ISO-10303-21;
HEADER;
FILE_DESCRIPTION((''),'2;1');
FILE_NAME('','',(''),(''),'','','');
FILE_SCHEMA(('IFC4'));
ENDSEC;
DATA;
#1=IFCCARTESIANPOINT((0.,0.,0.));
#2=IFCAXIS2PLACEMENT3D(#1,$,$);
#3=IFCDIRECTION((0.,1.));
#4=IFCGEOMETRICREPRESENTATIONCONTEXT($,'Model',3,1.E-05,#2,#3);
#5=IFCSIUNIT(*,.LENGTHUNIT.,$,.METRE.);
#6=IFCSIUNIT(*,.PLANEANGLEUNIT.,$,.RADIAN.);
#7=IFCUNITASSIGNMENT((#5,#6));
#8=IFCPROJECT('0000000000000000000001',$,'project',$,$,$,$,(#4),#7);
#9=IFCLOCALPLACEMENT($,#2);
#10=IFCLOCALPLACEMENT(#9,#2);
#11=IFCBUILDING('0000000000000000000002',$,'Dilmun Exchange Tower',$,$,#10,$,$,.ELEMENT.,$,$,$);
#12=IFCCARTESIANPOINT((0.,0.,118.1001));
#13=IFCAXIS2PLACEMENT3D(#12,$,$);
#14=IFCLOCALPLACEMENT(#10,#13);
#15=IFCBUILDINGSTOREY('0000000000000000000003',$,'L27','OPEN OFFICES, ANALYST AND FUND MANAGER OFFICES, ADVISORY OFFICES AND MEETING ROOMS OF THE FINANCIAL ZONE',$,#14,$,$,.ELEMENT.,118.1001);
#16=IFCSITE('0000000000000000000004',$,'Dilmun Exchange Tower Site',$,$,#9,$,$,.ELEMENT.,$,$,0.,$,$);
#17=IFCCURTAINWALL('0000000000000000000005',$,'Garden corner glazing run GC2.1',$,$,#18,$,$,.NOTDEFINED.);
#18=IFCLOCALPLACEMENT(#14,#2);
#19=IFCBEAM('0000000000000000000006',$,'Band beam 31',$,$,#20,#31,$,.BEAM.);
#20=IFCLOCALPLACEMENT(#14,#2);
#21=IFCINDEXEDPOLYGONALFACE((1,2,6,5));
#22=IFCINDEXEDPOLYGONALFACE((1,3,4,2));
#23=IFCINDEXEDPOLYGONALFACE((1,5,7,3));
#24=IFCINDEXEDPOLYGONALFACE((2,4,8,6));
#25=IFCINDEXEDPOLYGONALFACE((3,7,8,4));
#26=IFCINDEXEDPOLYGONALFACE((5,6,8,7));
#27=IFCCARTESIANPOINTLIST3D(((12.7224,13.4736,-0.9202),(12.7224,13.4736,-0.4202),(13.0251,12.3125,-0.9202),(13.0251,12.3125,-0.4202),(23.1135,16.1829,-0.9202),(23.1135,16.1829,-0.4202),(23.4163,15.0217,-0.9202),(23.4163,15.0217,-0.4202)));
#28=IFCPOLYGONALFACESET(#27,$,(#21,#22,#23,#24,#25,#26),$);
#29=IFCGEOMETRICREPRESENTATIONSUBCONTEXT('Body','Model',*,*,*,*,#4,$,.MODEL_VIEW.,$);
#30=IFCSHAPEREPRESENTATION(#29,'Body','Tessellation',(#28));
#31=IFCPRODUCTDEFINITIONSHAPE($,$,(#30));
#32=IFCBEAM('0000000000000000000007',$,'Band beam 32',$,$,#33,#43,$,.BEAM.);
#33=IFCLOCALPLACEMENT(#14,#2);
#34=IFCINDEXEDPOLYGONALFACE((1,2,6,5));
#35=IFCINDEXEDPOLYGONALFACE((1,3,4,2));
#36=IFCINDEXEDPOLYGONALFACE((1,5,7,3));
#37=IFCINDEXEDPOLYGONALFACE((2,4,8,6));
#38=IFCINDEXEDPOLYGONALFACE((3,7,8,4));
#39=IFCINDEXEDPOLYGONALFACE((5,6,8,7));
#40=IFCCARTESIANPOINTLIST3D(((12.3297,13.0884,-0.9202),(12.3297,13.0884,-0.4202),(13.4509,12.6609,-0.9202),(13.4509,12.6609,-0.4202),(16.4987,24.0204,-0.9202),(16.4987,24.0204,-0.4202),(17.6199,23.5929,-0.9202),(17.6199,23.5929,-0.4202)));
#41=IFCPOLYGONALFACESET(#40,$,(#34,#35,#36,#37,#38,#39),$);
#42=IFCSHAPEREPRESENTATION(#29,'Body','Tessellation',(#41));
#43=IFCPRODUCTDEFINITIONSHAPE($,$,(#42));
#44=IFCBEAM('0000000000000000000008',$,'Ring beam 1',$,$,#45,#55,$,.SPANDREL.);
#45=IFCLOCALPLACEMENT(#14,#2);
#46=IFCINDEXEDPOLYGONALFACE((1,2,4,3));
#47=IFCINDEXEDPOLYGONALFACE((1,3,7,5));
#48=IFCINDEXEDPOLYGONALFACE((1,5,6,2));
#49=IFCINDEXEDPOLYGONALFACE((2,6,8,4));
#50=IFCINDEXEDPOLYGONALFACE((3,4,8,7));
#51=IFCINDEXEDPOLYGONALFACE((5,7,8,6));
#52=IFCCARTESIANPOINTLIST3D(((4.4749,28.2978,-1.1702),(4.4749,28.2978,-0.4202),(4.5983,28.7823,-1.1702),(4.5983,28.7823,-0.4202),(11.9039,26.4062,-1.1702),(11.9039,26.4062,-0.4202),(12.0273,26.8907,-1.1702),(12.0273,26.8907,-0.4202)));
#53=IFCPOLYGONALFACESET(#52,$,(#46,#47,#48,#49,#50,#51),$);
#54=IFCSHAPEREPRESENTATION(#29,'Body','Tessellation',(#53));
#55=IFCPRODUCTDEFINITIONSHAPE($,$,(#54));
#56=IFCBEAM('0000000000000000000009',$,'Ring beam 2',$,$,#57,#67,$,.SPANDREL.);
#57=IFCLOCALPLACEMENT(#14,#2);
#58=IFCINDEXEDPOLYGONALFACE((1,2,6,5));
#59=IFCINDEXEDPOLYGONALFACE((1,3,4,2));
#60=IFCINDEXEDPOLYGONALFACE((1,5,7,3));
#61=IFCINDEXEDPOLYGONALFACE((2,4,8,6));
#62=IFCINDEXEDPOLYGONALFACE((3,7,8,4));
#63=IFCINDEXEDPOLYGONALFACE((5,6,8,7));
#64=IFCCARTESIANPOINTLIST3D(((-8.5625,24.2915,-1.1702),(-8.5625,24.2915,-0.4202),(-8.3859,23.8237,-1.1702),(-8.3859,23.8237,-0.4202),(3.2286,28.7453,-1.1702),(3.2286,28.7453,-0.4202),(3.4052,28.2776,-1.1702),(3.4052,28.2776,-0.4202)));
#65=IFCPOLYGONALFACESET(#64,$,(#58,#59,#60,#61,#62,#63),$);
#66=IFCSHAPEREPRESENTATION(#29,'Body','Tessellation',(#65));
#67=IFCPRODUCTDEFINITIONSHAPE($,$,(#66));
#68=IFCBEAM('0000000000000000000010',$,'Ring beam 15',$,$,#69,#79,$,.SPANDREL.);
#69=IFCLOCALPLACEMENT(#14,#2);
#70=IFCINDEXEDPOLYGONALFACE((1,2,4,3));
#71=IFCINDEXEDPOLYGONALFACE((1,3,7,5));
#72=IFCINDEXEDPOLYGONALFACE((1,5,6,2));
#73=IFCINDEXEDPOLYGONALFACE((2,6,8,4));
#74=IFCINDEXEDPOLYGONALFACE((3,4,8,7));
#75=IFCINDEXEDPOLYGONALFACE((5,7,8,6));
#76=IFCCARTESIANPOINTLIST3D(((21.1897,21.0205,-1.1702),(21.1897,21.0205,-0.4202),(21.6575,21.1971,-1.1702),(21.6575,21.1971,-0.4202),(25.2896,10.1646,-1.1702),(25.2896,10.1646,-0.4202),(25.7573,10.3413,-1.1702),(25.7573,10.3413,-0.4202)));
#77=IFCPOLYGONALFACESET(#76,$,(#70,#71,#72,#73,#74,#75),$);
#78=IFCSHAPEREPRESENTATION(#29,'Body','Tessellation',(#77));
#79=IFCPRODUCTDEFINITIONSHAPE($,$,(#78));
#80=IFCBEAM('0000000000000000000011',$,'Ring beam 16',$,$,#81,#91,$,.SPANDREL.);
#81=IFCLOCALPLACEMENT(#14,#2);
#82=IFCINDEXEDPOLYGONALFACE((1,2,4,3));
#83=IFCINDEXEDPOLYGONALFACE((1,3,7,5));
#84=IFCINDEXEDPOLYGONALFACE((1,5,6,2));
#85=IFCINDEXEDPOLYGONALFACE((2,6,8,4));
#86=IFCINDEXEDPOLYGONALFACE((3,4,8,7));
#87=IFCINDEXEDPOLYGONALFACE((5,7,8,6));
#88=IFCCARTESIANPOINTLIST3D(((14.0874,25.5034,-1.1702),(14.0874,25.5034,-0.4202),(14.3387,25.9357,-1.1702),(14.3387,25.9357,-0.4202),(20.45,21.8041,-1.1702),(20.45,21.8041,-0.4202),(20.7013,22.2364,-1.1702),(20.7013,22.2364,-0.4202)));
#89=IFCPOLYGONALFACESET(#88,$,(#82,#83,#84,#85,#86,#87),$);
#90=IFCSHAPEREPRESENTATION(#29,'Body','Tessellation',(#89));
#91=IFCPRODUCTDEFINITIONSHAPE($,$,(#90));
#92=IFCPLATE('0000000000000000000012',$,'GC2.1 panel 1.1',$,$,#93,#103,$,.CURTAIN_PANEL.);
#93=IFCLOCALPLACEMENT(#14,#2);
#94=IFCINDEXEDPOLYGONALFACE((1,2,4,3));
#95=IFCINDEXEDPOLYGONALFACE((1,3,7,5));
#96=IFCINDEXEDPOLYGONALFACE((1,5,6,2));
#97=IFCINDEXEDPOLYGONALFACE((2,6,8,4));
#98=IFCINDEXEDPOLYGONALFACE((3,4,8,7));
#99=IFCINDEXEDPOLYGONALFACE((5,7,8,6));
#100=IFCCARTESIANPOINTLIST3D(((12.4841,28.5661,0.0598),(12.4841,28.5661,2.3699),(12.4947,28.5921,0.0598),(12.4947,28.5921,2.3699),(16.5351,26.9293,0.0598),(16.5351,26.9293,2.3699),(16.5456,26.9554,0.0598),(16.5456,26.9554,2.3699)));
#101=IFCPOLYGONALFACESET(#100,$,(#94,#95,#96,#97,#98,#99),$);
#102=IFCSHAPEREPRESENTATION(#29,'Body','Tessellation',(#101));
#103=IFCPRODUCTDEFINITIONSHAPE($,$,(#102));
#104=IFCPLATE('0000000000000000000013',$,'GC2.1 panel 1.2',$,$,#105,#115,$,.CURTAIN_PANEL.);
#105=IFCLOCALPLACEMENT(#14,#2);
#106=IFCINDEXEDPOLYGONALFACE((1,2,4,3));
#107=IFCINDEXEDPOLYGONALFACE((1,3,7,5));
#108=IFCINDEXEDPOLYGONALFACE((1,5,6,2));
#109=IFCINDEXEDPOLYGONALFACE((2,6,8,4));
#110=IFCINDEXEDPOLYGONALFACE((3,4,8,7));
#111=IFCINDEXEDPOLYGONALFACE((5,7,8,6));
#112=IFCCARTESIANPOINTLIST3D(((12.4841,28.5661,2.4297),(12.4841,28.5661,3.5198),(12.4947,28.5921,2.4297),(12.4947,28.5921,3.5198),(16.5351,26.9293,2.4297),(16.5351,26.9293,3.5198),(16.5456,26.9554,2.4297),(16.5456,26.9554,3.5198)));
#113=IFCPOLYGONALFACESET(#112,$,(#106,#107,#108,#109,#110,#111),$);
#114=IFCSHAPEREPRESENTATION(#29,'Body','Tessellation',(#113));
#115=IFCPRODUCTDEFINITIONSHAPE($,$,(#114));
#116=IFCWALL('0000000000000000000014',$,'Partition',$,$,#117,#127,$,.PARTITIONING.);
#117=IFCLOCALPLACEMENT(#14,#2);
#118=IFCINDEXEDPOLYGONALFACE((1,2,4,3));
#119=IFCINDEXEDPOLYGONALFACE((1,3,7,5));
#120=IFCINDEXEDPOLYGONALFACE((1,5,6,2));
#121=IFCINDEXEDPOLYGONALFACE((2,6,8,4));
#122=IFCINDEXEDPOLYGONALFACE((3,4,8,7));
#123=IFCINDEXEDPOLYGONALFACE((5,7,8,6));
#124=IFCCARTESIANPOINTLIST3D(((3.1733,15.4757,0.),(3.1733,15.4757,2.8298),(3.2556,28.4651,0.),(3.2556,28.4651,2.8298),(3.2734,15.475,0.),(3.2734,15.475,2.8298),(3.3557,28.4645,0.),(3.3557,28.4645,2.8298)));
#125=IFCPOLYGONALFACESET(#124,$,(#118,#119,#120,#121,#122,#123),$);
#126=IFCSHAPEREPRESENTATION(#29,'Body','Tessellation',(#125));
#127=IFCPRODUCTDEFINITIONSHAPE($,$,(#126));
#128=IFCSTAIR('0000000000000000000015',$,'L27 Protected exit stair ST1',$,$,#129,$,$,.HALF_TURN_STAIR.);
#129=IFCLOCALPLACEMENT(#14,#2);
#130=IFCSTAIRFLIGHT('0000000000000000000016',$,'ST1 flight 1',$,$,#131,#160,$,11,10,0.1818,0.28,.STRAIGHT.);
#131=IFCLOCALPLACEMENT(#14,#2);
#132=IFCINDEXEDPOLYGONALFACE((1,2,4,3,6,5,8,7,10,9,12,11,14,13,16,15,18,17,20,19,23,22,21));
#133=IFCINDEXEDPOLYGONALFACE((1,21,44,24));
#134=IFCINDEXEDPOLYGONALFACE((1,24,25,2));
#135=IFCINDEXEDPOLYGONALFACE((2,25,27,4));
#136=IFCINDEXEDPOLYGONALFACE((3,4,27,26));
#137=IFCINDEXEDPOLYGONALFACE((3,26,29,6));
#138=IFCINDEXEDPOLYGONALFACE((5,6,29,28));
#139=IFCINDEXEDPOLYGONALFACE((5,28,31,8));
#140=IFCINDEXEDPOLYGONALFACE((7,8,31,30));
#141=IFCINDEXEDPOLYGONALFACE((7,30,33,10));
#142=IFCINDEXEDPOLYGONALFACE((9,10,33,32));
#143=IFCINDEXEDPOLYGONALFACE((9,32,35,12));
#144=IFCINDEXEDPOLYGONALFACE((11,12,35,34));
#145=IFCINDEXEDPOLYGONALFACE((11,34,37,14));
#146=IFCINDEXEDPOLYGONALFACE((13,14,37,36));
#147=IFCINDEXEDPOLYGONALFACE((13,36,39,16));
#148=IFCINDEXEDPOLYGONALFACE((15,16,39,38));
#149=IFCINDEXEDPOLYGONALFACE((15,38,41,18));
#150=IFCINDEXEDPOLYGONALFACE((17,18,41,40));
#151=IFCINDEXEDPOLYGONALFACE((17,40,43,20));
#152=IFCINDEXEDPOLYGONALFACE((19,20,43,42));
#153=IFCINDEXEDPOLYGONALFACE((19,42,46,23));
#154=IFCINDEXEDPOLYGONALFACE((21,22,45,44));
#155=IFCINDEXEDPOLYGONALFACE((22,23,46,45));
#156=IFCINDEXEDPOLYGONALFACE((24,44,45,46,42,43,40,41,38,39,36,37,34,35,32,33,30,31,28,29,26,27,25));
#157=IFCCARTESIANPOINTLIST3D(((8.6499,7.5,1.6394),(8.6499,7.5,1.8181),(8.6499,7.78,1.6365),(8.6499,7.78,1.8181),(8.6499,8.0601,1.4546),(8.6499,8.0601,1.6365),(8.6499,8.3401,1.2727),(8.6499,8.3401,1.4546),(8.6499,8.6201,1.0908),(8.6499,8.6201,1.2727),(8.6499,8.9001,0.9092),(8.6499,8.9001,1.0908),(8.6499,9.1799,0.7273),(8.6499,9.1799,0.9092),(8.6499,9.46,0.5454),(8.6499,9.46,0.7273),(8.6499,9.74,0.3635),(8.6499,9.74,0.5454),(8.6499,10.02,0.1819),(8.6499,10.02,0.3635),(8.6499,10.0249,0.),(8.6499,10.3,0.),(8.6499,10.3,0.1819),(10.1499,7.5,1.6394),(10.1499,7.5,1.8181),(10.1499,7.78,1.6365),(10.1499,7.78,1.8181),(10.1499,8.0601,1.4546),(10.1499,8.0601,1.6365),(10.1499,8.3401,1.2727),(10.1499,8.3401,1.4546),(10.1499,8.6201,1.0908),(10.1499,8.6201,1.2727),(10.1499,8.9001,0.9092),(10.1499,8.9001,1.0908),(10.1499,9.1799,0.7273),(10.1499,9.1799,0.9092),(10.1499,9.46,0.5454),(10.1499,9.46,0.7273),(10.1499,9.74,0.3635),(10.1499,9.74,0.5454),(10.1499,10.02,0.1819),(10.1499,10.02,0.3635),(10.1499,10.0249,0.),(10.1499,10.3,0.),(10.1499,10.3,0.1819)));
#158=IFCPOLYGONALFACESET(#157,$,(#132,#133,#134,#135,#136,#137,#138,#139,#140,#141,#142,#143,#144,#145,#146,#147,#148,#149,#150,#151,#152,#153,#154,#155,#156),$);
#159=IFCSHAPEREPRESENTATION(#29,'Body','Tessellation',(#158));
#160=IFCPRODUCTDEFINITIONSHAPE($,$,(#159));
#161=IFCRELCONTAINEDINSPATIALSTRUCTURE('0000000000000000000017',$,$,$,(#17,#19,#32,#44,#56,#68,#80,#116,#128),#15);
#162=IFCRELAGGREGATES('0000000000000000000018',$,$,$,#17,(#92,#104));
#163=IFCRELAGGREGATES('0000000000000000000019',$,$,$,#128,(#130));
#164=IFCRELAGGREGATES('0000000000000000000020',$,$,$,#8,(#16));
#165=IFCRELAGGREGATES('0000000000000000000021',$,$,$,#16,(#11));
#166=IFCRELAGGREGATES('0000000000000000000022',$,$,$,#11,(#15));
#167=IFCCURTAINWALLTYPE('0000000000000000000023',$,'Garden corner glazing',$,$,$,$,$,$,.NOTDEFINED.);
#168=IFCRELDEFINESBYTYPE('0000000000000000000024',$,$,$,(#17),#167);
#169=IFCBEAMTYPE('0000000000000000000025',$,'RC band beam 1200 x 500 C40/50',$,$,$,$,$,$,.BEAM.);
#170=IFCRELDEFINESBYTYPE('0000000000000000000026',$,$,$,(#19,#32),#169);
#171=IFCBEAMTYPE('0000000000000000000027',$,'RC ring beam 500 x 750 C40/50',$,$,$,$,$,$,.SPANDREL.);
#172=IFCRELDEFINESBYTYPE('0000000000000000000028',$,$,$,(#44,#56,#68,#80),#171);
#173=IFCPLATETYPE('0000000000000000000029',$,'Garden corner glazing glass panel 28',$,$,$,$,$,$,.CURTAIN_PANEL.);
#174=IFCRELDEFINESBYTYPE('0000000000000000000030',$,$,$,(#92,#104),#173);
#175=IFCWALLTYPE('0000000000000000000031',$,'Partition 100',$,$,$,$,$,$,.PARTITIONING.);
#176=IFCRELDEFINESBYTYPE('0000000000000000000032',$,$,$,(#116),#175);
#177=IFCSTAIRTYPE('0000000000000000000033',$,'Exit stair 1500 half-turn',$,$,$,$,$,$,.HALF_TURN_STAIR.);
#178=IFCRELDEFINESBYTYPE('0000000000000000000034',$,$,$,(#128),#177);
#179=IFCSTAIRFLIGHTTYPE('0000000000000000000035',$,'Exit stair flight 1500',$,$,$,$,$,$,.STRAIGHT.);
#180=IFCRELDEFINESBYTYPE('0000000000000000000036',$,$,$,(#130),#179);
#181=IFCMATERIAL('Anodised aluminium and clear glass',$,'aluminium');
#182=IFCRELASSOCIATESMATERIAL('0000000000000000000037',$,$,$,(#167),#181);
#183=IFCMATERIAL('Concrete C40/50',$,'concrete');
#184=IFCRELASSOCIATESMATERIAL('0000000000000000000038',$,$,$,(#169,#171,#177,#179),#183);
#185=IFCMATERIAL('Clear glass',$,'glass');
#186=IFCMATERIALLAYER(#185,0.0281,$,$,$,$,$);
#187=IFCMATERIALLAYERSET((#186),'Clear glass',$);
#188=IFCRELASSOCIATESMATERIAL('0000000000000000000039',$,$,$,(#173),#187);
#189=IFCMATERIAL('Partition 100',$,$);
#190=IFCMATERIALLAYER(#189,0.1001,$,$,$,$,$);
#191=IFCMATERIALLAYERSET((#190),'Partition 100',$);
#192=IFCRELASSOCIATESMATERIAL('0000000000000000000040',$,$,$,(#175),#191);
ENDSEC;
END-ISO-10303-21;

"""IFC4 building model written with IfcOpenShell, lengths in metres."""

from ifc_helpers import new_model, si_unit, direction, frame, frame_2d, origin, origin_2d, place, context, subcontext, project, spatial, polyline, rectangle, outline, extrude, material, layer, layer_set, material_profile, profile_set, type_object, element, aggregate, save


model = new_model("IFC4")

# Units and contexts
model_context = context("Model", 3, precision=1e-05, world=origin(), true_north=direction((0.0, 1.0)))
body_context = subcontext(model_context, "Body", "Model", "MODEL_VIEW")
ifc_project = project(units=[si_unit("LENGTHUNIT", "METRE"), si_unit("PLANEANGLEUNIT", "RADIAN")], contexts=[model_context])

# Site, building, storey
site_placement = place(None, origin())
site = spatial("IfcSite", under=ifc_project, at=site_placement, Name="Dilmun Exchange Tower Site", CompositionType="ELEMENT", RefElevation=0.0)
building_placement = place(site_placement, origin())
building = spatial("IfcBuilding", under=site, at=building_placement, Name="Dilmun Exchange Tower", CompositionType="ELEMENT")
storey_placement = place(building_placement, frame((0.0, 0.0, 118.1001)))
storey = spatial("IfcBuildingStorey", under=building, at=storey_placement, Name="L27", Description="OPEN OFFICES, ANALYST AND FUND MANAGER OFFICES, ADVISORY OFFICES AND MEETING ROOMS OF THE FINANCIAL ZONE", CompositionType="ELEMENT", Elevation=118.1001)

# Shared definitions
ifc_material_1 = material(Name="Anodised aluminium and clear glass", Category="aluminium")
curtain_wall_type = type_object("IfcCurtainWallType", Name="Garden corner glazing", PredefinedType="NOTDEFINED", material=ifc_material_1)

# Curtain wall
curtain_wall_1_placement = place(storey_placement, origin())
curtain_wall_1 = element("IfcCurtainWall", 1, at=curtain_wall_1_placement, inside=storey, type_object=curtain_wall_type, Name="Garden corner glazing run GC2.1", PredefinedType="NOTDEFINED")

# Beams
ifc_material_2 = material(Name="Concrete C40/50", Category="concrete")
ifc_material_profile_1 = material_profile(ifc_material_2, rectangle(XDim=1.2, YDim=0.5, at=origin_2d()), Name="1200 x 500")
ifc_profile_set_1 = profile_set([ifc_material_profile_1], Name="Concrete C40/50")
beam_type_1 = type_object("IfcBeamType", Name="RC band beam 1200 x 500 C40/50", PredefinedType="BEAM", material=ifc_profile_set_1)
beam_1_placement = place(storey_placement, frame((23.2649, 15.6023, -0.6702), z_axis=(-0.967651, -0.252291, 0.0), x_axis=(0.252291, -0.967651, 0.0)))
element("IfcBeam", 2, at=beam_1_placement, inside=storey, type_object=beam_type_1, Name="Band beam 31", PredefinedType="BEAM", context=body_context, shape_type="SweptSolid", body=[
    extrude(rectangle(XDim=1.2, YDim=0.5, at=origin_2d()), origin(), (0.0, 0.0, 1.0), 10.7385),
])
beam_2_placement = place(storey_placement, frame((17.0593, 23.8066, -0.6702), z_axis=(-0.356325, -0.934362, 0.0), x_axis=(0.934362, -0.356325, 0.0)))
element("IfcBeam", 3, at=beam_2_placement, inside=storey, type_object=beam_type_1, Name="Band beam 32", PredefinedType="BEAM", context=body_context, shape_type="SweptSolid", body=[
    extrude(rectangle(XDim=1.2, YDim=0.5, at=origin_2d()), origin(), (0.0, 0.0, 1.0), 11.7),
])
ifc_material_profile_2 = material_profile(ifc_material_2, rectangle(XDim=0.5, YDim=0.75, at=origin_2d()), Name="500 x 750")
ifc_profile_set_2 = profile_set([ifc_material_profile_2], Name="Concrete C40/50")
beam_type_2 = type_object("IfcBeamType", Name="RC ring beam 500 x 750 C40/50", PredefinedType="SPANDREL", material=ifc_profile_set_2)
beam_3_placement = place(storey_placement, frame((11.9656, 26.6484, -0.7952), z_axis=(-0.969079, 0.246752, 0.0), x_axis=(-0.246752, -0.969079, 0.0)))
element("IfcBeam", 4, at=beam_3_placement, inside=storey, type_object=beam_type_2, Name="Ring beam 1", PredefinedType="SPANDREL", context=body_context, shape_type="SweptSolid", body=[
    extrude(rectangle(XDim=0.5, YDim=0.75, at=origin_2d()), origin(), (0.0, 0.0, 1.0), 7.666),
])
beam_4_placement = place(storey_placement, frame((3.3169, 28.5115, -0.7952), z_axis=(-0.935486, -0.353364, 0.0), x_axis=(0.353364, -0.935486, 0.0)))
element("IfcBeam", 5, at=beam_4_placement, inside=storey, type_object=beam_type_2, Name="Ring beam 2", PredefinedType="SPANDREL", context=body_context, shape_type="SweptSolid", body=[
    extrude(rectangle(XDim=0.5, YDim=0.75, at=origin_2d()), origin(), (0.0, 0.0, 1.0), 12.6042),
])
beam_5_placement = place(storey_placement, frame((25.5234, 10.2529, -0.7952), z_axis=(-0.353304, 0.935509, 0.0), x_axis=(-0.935509, -0.353304, 0.0)))
element("IfcBeam", 6, at=beam_5_placement, inside=storey, type_object=beam_type_2, Name="Ring beam 15", PredefinedType="SPANDREL", context=body_context, shape_type="SweptSolid", body=[
    extrude(rectangle(XDim=0.5, YDim=0.75, at=origin_2d()), origin(), (0.0, 0.0, 1.0), 11.6042),
])
beam_6_placement = place(storey_placement, frame((20.5757, 22.0203, -0.7952), z_axis=(-0.864503, 0.502627, 0.0), x_axis=(-0.502627, -0.864503, 0.0)))
element("IfcBeam", 7, at=beam_6_placement, inside=storey, type_object=beam_type_2, Name="Ring beam 16", PredefinedType="SPANDREL", context=body_context, shape_type="SweptSolid", body=[
    extrude(rectangle(XDim=0.5, YDim=0.75, at=origin_2d()), origin(), (0.0, 0.0, 1.0), 7.3599),
])

# Plates
ifc_material_3 = material(Name="Clear glass", Category="glass")
ifc_layer_1 = layer(ifc_material_3, 0.0281)
ifc_layer_set_1 = layer_set([ifc_layer_1], Name="Clear glass")
plate_type = type_object("IfcPlateType", Name="Garden corner glazing glass panel 28", PredefinedType="CURTAIN_PANEL", material=ifc_layer_set_1)
plate_1_placement = place(storey_placement, frame((14.5149, 27.7607, 0.0598), z_axis=(0.0, 0.0, 1.0), x_axis=(-0.927179, 0.374618, 0.0)))
plate_1 = element("IfcPlate", 8, at=plate_1_placement, type_object=plate_type, Name="GC2.1 panel 1.1", PredefinedType="CURTAIN_PANEL", context=body_context, shape_type="SweptSolid", body=[
    extrude(rectangle(XDim=4.3691, YDim=0.0281, at=origin_2d()), origin(), (0.0, 0.0, 1.0), 2.3101),
])
plate_2_placement = place(storey_placement, frame((14.5149, 27.7607, 2.4297), z_axis=(0.0, 0.0, 1.0), x_axis=(-0.927179, 0.374618, 0.0)))
plate_2 = element("IfcPlate", 9, at=plate_2_placement, type_object=plate_type, Name="GC2.1 panel 1.2", PredefinedType="CURTAIN_PANEL", context=body_context, shape_type="SweptSolid", body=[
    extrude(rectangle(XDim=4.3691, YDim=0.0281, at=origin_2d()), origin(), (0.0, 0.0, 1.0), 1.0901),
])
aggregate(curtain_wall_1, [plate_1, plate_2])

# Wall
ifc_material_4 = material(Name="Partition 100")
ifc_layer_2 = layer(ifc_material_4, 0.1001)
ifc_layer_set_2 = layer_set([ifc_layer_2], Name="Partition 100")
wall_type_1 = type_object("IfcWallType", Name="Partition 100", PredefinedType="PARTITIONING", material=ifc_layer_set_2)
wall_1_placement = place(storey_placement, frame((3.2234, 15.4753, 0.0), z_axis=(0.0, 0.0, 1.0), x_axis=(0.006334, 0.99998, 0.0)))
element("IfcWall", 10, at=wall_1_placement, inside=storey, type_object=wall_type_1, Name="Partition", PredefinedType="PARTITIONING", context=body_context, shape_type="SweptSolid", body=[
    extrude(rectangle(XDim=12.9897, YDim=0.1001, at=frame_2d((6.4949, 0.0))), origin(), (0.0, 0.0, 1.0), 2.8298),
])

# Stair, stair flight
stair_type = type_object("IfcStairType", Name="Exit stair 1500 half-turn", PredefinedType="HALF_TURN_STAIR", material=ifc_material_2)
stair_placement = place(storey_placement, origin())
stair = element("IfcStair", 11, at=stair_placement, inside=storey, type_object=stair_type, Name="L27 Protected exit stair ST1", PredefinedType="HALF_TURN_STAIR")
stair_flight_type = type_object("IfcStairFlightType", Name="Exit stair flight 1500", PredefinedType="STRAIGHT", material=ifc_material_2)
stair_flight_placement = place(storey_placement, frame((9.3999, 10.3, 0.0), z_axis=(0.0, 0.0, 1.0), x_axis=(0.0, -1.0, 0.0)))
stair_flight = element("IfcStairFlight", 12, at=stair_flight_placement, type_object=stair_flight_type, Name="ST1 flight 1", NumberOfRisers=11, NumberOfTreads=10, PredefinedType="STRAIGHT", RiserHeight=0.1818, TreadLength=0.28, context=body_context, shape_type="SweptSolid", body=[
    extrude(outline(polyline([(0.0, 0.0), (0.0, 0.1819), (0.28, 0.1819), (0.28, 0.3635), (0.5601, 0.3635), (0.5601, 0.5454), (0.8401, 0.5454), (0.8401, 0.7273), (1.1201, 0.7273), (1.1201, 0.9092), (1.3999, 0.9092), (1.3999, 1.0908), (1.6799, 1.0908), (1.6799, 1.2727), (1.96, 1.2727), (1.96, 1.4546), (2.24, 1.4546), (2.24, 1.6365), (2.52, 1.6365), (2.52, 1.8181), (2.8, 1.8181), (2.8, 2.0), (2.8, 1.6394), (0.2751, 0.0), (0.0, 0.0)])), frame((0.0, 0.75, 0.0), z_axis=(0.0, -1.0, 0.0), x_axis=(1.0, 0.0, 0.0)), (0.0, 0.0, 1.0), 1.5),
])
aggregate(stair, [stair_flight])

save(model, "model.ifc")
